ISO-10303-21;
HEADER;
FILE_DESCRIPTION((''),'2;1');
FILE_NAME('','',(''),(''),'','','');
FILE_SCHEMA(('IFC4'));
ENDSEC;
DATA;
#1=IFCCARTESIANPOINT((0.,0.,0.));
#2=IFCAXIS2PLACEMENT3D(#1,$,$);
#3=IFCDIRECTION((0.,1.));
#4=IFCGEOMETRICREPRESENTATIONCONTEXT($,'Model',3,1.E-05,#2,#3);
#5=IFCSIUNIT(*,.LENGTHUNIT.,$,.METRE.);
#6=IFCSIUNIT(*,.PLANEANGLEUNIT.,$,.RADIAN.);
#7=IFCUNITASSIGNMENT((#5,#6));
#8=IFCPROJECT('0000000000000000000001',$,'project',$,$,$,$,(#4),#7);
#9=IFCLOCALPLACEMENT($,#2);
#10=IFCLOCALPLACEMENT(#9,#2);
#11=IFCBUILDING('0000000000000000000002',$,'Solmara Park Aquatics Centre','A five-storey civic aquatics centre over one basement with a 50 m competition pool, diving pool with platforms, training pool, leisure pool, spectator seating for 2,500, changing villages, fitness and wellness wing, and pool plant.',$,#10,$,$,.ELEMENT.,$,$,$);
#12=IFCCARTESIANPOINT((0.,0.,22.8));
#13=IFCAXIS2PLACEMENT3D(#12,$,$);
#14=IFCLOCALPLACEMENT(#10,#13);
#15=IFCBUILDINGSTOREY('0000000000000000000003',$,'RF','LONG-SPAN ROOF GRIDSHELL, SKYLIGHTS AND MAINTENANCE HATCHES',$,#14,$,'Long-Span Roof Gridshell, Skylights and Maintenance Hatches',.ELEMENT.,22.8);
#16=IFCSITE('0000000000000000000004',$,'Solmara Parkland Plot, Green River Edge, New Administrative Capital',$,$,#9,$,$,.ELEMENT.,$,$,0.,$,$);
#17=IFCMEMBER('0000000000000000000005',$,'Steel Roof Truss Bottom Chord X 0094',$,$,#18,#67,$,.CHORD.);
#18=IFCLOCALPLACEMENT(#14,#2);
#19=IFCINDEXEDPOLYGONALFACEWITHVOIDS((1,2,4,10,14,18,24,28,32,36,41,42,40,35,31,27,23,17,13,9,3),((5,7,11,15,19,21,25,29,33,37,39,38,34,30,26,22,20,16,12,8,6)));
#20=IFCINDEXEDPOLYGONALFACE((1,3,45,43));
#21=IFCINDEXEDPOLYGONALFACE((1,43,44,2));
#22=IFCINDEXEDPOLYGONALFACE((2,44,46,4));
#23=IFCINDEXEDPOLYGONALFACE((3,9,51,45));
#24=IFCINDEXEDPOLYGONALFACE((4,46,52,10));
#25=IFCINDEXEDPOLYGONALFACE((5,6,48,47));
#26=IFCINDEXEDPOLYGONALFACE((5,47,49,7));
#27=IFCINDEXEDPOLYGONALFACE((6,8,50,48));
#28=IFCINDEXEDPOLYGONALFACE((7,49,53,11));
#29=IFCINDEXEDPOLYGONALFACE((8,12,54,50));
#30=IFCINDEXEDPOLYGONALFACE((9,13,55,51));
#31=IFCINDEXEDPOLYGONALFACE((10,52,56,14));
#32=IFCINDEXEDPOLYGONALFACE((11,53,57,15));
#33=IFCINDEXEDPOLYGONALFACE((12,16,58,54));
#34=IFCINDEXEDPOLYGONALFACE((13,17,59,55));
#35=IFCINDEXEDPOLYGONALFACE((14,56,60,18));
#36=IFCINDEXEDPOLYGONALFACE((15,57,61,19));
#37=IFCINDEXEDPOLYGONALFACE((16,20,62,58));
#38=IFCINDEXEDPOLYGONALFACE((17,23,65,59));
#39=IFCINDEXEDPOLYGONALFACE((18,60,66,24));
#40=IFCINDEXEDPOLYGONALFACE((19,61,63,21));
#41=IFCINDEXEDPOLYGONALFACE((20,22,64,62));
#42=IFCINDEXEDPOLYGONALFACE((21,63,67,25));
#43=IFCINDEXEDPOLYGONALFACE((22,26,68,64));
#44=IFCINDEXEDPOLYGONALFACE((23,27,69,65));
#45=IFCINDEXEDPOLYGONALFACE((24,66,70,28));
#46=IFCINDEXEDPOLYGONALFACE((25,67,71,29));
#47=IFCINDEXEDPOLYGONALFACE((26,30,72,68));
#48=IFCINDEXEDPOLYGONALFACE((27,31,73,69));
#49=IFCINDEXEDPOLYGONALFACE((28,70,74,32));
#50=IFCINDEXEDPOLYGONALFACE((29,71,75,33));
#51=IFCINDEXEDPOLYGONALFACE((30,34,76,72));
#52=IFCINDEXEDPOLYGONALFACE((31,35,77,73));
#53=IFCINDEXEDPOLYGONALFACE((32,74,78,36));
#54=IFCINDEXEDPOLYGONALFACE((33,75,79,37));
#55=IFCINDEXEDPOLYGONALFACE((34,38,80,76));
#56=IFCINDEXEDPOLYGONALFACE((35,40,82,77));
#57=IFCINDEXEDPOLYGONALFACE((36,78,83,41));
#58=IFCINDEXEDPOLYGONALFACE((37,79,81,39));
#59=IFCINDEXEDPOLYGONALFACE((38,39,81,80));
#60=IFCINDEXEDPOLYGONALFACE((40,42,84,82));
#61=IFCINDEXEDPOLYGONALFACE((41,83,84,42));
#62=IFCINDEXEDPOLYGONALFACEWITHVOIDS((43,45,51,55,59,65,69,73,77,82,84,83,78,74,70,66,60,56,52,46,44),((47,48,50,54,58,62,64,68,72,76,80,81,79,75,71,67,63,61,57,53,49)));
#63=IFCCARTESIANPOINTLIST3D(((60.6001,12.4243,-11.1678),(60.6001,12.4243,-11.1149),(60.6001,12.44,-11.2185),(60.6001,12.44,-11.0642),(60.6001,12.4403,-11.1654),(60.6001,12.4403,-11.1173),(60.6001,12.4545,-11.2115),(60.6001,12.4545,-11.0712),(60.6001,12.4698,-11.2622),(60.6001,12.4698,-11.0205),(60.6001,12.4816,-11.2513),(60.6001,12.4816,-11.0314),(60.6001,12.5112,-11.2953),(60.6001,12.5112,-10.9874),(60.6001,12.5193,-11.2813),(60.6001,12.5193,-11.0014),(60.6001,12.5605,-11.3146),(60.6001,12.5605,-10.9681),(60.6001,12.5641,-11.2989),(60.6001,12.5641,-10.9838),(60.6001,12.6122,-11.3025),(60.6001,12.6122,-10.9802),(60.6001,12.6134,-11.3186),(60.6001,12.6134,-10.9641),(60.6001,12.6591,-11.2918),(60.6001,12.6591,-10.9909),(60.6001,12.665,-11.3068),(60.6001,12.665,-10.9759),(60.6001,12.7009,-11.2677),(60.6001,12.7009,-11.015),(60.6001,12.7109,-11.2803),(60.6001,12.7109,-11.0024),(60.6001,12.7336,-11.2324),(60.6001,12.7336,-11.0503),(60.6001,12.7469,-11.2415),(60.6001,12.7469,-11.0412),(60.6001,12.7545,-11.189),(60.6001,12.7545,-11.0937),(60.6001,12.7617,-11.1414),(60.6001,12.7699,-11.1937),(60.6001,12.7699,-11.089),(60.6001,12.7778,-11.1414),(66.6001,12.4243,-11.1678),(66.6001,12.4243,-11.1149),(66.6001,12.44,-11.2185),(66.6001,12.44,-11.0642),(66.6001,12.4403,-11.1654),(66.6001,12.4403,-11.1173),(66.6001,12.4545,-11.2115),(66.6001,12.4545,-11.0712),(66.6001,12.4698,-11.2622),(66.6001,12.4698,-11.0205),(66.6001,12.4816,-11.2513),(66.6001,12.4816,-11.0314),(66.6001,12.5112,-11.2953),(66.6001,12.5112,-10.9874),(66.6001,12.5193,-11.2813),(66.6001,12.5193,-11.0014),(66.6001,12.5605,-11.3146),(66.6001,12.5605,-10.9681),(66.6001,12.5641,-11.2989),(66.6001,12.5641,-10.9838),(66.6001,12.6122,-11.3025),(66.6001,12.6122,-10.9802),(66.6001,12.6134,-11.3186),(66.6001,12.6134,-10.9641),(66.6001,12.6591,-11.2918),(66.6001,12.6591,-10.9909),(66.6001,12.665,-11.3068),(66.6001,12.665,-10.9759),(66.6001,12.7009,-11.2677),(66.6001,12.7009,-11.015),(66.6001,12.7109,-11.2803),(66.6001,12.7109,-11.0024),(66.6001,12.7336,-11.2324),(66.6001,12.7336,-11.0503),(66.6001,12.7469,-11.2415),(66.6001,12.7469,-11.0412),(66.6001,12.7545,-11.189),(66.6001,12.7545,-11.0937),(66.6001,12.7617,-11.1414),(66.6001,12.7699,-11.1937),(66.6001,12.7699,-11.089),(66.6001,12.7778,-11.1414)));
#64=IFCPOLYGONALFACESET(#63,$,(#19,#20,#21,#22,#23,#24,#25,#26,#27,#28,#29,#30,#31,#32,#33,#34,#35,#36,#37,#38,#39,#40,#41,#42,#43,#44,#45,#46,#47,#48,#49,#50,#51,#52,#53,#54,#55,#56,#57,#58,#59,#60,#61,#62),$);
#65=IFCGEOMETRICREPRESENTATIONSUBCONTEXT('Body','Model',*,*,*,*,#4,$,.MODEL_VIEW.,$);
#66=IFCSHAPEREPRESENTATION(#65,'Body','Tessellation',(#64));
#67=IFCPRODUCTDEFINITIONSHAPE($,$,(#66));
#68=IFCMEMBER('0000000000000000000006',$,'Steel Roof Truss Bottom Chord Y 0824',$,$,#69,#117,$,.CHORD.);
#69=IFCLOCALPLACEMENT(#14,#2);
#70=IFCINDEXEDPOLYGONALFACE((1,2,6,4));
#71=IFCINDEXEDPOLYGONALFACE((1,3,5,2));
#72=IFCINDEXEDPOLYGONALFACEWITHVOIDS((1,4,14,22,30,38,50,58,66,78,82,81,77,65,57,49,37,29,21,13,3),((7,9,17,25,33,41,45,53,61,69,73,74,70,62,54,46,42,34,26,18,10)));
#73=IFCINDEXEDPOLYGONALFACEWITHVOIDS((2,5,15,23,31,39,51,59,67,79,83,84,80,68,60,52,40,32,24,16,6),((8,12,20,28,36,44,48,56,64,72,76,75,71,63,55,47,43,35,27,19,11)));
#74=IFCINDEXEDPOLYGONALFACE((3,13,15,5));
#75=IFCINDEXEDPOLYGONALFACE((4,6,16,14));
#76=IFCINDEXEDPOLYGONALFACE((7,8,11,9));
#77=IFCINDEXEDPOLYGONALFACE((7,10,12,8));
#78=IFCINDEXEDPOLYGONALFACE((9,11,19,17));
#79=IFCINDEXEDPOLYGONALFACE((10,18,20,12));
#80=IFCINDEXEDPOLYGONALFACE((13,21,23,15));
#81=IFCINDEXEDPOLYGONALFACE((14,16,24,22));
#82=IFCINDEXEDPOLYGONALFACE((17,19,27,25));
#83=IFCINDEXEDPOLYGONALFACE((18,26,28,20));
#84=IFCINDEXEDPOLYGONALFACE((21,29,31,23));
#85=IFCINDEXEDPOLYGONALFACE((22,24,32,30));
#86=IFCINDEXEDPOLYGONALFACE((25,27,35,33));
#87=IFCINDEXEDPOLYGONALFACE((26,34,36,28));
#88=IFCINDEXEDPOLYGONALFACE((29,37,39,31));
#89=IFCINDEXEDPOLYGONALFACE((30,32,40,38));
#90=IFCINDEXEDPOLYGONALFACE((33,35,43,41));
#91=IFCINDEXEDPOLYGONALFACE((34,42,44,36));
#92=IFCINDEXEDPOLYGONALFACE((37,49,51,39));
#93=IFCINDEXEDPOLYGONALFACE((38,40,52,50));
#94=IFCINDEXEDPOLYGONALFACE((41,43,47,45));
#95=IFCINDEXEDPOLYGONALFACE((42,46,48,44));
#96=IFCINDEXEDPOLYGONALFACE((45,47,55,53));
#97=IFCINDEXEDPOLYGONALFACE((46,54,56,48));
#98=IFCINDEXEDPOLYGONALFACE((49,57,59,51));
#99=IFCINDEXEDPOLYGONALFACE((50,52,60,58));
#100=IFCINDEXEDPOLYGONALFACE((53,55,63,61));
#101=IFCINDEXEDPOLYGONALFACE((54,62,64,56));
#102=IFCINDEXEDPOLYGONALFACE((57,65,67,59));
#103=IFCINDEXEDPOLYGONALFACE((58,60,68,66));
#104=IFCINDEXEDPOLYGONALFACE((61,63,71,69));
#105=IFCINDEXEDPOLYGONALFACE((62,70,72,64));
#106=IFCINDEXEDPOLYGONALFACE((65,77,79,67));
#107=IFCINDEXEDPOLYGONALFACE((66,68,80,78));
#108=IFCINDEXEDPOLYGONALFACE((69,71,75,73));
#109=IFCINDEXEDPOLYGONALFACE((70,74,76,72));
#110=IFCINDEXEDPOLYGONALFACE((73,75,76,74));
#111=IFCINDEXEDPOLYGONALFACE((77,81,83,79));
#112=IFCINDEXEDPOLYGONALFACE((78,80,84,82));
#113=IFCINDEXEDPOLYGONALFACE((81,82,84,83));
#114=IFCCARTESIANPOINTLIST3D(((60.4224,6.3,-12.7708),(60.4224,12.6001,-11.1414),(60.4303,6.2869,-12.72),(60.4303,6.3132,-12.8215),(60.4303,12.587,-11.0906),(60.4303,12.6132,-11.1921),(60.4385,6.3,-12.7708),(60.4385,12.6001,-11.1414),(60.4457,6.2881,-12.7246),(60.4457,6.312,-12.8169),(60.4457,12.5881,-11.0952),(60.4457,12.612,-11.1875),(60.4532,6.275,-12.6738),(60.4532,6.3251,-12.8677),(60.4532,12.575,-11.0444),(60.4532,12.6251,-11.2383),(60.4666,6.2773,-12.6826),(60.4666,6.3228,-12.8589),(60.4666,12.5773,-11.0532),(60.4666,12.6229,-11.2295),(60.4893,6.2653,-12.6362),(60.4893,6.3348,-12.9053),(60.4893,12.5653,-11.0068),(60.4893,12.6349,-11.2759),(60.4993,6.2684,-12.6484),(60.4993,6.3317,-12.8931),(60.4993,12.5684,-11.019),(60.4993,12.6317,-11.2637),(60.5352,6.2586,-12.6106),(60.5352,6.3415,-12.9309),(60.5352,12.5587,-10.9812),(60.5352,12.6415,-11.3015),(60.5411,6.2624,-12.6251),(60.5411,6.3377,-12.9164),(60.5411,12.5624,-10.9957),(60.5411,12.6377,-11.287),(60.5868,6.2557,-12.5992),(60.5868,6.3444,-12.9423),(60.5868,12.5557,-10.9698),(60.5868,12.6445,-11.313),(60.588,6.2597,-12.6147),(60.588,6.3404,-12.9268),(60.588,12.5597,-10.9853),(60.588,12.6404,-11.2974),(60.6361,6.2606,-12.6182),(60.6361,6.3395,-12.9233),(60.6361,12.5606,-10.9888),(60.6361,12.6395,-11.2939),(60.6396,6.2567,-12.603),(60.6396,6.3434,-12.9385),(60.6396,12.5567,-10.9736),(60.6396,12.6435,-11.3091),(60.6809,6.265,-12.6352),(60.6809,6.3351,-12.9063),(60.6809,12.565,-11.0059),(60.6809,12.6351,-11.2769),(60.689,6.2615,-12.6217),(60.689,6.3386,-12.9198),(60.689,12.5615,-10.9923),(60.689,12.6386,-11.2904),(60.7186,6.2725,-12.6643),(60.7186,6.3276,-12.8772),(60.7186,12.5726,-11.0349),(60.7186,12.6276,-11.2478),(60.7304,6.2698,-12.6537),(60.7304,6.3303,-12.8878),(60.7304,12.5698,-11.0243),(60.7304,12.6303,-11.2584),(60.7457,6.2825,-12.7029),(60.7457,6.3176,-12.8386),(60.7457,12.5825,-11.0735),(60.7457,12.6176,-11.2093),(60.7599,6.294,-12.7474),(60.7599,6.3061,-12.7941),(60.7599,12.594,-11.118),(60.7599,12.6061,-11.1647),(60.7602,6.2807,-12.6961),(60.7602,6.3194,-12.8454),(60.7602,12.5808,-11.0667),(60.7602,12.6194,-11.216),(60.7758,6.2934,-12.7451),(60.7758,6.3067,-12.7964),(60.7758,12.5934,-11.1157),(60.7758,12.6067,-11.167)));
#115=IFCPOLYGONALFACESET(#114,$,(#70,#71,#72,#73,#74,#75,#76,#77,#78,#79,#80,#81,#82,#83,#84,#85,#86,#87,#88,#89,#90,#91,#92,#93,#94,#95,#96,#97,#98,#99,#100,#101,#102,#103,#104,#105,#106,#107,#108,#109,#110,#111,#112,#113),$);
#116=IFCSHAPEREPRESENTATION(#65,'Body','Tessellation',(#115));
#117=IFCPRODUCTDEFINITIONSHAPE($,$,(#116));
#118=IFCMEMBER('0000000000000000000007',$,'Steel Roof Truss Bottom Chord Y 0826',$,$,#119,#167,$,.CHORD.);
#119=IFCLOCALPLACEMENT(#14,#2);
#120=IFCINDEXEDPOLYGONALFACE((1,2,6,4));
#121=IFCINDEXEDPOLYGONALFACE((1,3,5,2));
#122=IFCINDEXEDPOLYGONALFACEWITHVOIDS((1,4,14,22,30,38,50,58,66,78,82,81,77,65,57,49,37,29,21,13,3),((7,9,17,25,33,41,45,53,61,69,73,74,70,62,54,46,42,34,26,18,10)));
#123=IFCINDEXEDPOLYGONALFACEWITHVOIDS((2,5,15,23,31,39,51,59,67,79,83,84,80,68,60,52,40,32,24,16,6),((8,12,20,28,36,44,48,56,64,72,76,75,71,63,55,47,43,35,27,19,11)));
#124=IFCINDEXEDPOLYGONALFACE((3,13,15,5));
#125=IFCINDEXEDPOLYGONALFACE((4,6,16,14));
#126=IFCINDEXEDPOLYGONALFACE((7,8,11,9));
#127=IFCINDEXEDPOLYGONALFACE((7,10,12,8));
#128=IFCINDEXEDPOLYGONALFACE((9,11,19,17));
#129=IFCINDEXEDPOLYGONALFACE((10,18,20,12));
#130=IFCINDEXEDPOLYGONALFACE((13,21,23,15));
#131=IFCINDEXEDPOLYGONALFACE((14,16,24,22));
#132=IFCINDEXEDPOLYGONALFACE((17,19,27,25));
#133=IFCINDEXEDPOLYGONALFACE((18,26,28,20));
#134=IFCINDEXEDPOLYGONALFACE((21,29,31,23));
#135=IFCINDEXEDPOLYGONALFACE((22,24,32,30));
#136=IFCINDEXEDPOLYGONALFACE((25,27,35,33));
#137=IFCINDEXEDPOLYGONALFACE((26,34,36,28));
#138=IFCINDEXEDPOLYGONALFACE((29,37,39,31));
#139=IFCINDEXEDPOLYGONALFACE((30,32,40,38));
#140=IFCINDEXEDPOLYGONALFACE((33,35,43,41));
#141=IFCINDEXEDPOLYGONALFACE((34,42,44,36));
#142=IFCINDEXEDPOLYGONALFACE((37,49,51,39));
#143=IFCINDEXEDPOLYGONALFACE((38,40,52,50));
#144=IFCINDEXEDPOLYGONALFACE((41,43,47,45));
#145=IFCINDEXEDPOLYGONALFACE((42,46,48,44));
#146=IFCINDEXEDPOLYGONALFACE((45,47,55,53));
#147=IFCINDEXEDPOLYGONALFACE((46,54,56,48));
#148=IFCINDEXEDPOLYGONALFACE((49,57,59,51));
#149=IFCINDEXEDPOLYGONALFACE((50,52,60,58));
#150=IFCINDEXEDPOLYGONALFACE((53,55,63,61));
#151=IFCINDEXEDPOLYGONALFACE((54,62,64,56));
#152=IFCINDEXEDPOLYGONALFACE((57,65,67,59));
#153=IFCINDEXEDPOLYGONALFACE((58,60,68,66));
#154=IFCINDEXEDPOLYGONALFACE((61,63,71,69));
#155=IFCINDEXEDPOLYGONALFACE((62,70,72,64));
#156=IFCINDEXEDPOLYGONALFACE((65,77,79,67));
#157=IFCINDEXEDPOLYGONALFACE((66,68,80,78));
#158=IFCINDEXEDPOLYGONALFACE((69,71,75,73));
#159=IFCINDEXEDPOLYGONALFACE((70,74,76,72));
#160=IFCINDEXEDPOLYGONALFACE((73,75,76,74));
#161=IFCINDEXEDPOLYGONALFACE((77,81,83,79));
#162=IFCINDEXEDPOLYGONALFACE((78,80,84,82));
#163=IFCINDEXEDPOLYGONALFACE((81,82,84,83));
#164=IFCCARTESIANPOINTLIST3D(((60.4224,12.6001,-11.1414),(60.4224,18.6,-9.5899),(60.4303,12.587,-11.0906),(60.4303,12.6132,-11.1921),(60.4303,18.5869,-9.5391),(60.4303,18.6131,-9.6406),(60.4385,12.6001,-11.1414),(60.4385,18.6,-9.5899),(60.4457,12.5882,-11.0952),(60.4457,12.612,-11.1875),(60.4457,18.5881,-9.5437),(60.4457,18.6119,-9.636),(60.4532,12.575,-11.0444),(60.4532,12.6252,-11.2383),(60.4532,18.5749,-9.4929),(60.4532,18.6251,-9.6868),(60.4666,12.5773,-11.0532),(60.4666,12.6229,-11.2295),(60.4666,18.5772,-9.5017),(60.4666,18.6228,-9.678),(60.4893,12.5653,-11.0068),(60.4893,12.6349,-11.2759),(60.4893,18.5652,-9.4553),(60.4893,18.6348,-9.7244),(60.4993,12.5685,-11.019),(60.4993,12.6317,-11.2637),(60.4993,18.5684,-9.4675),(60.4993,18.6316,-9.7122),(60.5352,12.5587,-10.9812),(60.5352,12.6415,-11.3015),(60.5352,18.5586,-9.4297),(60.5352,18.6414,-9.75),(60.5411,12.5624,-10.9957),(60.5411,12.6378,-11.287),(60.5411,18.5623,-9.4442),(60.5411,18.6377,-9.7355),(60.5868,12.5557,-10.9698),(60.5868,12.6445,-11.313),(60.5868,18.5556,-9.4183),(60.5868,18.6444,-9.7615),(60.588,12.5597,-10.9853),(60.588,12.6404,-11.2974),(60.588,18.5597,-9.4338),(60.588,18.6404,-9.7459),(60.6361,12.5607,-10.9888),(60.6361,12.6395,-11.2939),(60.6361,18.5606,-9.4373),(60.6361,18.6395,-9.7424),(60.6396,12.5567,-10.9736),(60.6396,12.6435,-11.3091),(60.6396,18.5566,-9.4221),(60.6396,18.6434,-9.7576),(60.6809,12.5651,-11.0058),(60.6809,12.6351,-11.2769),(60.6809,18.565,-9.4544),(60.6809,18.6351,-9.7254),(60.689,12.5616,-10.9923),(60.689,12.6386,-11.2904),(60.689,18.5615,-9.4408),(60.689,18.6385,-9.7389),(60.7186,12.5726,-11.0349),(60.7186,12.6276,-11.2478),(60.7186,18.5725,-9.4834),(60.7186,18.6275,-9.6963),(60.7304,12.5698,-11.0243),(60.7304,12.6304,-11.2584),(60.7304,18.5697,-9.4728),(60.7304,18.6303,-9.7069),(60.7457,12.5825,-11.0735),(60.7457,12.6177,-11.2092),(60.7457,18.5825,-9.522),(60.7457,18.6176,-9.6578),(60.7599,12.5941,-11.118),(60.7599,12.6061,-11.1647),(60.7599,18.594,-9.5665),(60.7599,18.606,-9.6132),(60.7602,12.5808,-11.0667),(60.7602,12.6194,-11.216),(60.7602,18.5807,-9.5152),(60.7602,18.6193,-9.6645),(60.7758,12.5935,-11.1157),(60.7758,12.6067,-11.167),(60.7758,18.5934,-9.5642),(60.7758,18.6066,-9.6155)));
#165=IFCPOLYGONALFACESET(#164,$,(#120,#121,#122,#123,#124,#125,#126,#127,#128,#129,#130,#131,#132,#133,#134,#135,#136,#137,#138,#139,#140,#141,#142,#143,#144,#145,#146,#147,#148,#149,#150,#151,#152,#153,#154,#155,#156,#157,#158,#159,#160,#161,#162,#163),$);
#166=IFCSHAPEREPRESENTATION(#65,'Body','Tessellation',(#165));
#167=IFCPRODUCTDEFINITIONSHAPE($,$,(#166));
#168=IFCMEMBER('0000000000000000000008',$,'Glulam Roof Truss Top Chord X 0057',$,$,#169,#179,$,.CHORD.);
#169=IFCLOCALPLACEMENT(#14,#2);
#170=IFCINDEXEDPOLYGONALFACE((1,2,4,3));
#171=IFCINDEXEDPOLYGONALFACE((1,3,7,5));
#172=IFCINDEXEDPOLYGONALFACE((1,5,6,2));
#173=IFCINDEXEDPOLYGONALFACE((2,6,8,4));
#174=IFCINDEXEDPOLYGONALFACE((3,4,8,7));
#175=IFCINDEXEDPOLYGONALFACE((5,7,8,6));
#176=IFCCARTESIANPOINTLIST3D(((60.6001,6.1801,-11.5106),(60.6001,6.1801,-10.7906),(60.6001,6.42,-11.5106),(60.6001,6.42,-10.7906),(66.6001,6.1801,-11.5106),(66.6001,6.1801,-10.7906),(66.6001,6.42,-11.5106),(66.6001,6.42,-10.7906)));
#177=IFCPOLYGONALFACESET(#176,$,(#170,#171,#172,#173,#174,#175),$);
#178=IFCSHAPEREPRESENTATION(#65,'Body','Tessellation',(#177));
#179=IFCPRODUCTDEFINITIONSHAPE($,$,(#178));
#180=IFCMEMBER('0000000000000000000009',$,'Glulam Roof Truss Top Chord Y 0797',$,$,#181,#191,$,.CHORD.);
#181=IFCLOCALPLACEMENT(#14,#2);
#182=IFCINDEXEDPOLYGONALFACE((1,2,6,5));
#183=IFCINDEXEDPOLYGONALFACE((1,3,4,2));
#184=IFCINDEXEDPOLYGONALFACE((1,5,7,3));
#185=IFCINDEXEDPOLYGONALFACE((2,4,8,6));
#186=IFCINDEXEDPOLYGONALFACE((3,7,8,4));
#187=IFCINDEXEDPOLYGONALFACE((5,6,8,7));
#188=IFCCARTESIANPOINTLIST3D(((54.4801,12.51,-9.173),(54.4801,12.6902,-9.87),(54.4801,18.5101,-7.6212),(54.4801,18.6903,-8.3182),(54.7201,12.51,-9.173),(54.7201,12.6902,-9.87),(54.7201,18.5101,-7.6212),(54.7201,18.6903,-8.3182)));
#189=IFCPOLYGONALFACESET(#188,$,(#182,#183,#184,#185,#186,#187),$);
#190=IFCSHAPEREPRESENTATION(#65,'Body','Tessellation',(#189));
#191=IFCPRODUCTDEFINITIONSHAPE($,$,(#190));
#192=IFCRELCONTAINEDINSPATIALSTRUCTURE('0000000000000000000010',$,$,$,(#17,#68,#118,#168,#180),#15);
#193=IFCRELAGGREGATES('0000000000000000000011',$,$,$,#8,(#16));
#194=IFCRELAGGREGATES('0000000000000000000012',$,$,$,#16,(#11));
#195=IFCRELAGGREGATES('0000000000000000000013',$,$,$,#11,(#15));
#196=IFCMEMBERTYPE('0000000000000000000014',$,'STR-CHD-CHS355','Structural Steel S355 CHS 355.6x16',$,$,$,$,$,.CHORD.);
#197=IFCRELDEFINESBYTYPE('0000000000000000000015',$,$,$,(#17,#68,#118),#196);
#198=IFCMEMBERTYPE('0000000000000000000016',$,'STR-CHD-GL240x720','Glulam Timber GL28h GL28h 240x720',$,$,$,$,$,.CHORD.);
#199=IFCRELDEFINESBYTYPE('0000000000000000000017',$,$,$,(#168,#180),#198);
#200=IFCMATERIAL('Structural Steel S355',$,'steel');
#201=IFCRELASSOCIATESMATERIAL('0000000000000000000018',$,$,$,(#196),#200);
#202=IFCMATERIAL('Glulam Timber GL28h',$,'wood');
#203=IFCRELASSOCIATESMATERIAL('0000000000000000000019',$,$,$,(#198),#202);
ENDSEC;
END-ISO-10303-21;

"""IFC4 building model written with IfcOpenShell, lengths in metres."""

from ifc_helpers import new_model, si_unit, direction, frame, origin, origin_2d, place, context, subcontext, project, spatial, rectangle, hollow_circle, extrude, material, material_profile, profile_set, type_object, element, save


model = new_model("IFC4")

# Units and contexts
model_context = context("Model", 3, precision=1e-05, world=origin(), true_north=direction((0.0, 1.0)))
body_context = subcontext(model_context, "Body", "Model", "MODEL_VIEW")
ifc_project = project(units=[si_unit("LENGTHUNIT", "METRE"), si_unit("PLANEANGLEUNIT", "RADIAN")], contexts=[model_context])

# Site, building, storey
site_placement = place(None, origin())
site = spatial("IfcSite", under=ifc_project, at=site_placement, Name="Solmara Parkland Plot, Green River Edge, New Administrative Capital", CompositionType="ELEMENT", RefElevation=0.0)
building_placement = place(site_placement, origin())
building = spatial("IfcBuilding", under=site, at=building_placement, Name="Solmara Park Aquatics Centre", Description="A five-storey civic aquatics centre over one basement with a 50 m competition pool, diving pool with platforms, training pool, leisure pool, spectator seating for 2,500, changing villages, fitness and wellness wing, and pool plant.", CompositionType="ELEMENT")
storey_placement = place(building_placement, frame((0.0, 0.0, 22.8)))
storey = spatial("IfcBuildingStorey", under=building, at=storey_placement, Name="RF", Description="LONG-SPAN ROOF GRIDSHELL, SKYLIGHTS AND MAINTENANCE HATCHES", LongName="Long-Span Roof Gridshell, Skylights and Maintenance Hatches", CompositionType="ELEMENT", Elevation=22.8)

# Members
ifc_material_1 = material(Name="Structural Steel S355", Category="steel")
ifc_material_profile_1 = material_profile(ifc_material_1, hollow_circle(Radius=0.1777, WallThickness=0.0161, at=origin_2d()), Name="CHS 355.6x16")
ifc_profile_set_1 = profile_set([ifc_material_profile_1], Name="Structural Steel S355")
member_type_1 = type_object("IfcMemberType", Name="STR-CHD-CHS355", Description="Structural Steel S355 CHS 355.6x16", PredefinedType="CHORD", material=ifc_profile_set_1)
for number, where, z_axis, x_axis, name in (
    (1, (60.6001, 12.6001, -11.1414), (1.0, 0.0, 0.0), (0.0, 1.0, 0.0), "Steel Roof Truss Bottom Chord X 0094"),
):
    element("IfcMember", number, at=place(storey_placement, frame(where, z_axis=z_axis, x_axis=x_axis)), inside=storey, type_object=member_type_1, Name=name, PredefinedType="CHORD", context=body_context, shape_type="SweptSolid", body=[
        extrude(hollow_circle(Radius=0.1777, WallThickness=0.0161, at=origin_2d()), origin(), (0.0, 0.0, 1.0), 6.0),
    ])
member_1_placement = place(storey_placement, frame((60.6001, 6.3, -12.7708), z_axis=(0.0, 0.968144, 0.250393), x_axis=(-1.0, 0.0, 0.0)))
element("IfcMember", 2, at=member_1_placement, inside=storey, type_object=member_type_1, Name="Steel Roof Truss Bottom Chord Y 0824", PredefinedType="CHORD", context=body_context, shape_type="SweptSolid", body=[
    extrude(hollow_circle(Radius=0.1777, WallThickness=0.0161, at=origin_2d()), origin(), (0.0, 0.0, 1.0), 6.5073),
])
member_2_placement = place(storey_placement, frame((60.6001, 12.6001, -11.1414), z_axis=(0.0, 0.968155, 0.250351), x_axis=(-1.0, 0.0, 0.0)))
element("IfcMember", 3, at=member_2_placement, inside=storey, type_object=member_type_1, Name="Steel Roof Truss Bottom Chord Y 0826", PredefinedType="CHORD", context=body_context, shape_type="SweptSolid", body=[
    extrude(hollow_circle(Radius=0.1777, WallThickness=0.0161, at=origin_2d()), origin(), (0.0, 0.0, 1.0), 6.1973),
])
ifc_material_2 = material(Name="Glulam Timber GL28h", Category="wood")
ifc_material_profile_2 = material_profile(ifc_material_2, rectangle(XDim=0.24, YDim=0.72, at=origin_2d()), Name="GL28h 240x720")
ifc_profile_set_2 = profile_set([ifc_material_profile_2], Name="Glulam Timber GL28h")
member_type_2 = type_object("IfcMemberType", Name="STR-CHD-GL240x720", Description="Glulam Timber GL28h GL28h 240x720", PredefinedType="CHORD", material=ifc_profile_set_2)
member_3_placement = place(storey_placement, frame((60.6001, 6.3, -11.1506), z_axis=(1.0, 0.0, 0.0), x_axis=(0.0, 1.0, 0.0)))
element("IfcMember", 4, at=member_3_placement, inside=storey, type_object=member_type_2, Name="Glulam Roof Truss Top Chord X 0057", PredefinedType="CHORD", context=body_context, shape_type="SweptSolid", body=[
    extrude(rectangle(XDim=0.24, YDim=0.72, at=origin_2d()), origin(), (0.0, 0.0, 1.0), 6.0),
])
member_4_placement = place(storey_placement, frame((54.6001, 12.6001, -9.5215), z_axis=(0.0, 0.968146, 0.250388), x_axis=(-1.0, 0.0, 0.0)))
element("IfcMember", 5, at=member_4_placement, inside=storey, type_object=member_type_2, Name="Glulam Roof Truss Top Chord Y 0797", PredefinedType="CHORD", context=body_context, shape_type="SweptSolid", body=[
    extrude(rectangle(XDim=0.24, YDim=0.72, at=origin_2d()), origin(), (0.0, 0.0, 1.0), 6.1975),
])

save(model, "model.ifc")
